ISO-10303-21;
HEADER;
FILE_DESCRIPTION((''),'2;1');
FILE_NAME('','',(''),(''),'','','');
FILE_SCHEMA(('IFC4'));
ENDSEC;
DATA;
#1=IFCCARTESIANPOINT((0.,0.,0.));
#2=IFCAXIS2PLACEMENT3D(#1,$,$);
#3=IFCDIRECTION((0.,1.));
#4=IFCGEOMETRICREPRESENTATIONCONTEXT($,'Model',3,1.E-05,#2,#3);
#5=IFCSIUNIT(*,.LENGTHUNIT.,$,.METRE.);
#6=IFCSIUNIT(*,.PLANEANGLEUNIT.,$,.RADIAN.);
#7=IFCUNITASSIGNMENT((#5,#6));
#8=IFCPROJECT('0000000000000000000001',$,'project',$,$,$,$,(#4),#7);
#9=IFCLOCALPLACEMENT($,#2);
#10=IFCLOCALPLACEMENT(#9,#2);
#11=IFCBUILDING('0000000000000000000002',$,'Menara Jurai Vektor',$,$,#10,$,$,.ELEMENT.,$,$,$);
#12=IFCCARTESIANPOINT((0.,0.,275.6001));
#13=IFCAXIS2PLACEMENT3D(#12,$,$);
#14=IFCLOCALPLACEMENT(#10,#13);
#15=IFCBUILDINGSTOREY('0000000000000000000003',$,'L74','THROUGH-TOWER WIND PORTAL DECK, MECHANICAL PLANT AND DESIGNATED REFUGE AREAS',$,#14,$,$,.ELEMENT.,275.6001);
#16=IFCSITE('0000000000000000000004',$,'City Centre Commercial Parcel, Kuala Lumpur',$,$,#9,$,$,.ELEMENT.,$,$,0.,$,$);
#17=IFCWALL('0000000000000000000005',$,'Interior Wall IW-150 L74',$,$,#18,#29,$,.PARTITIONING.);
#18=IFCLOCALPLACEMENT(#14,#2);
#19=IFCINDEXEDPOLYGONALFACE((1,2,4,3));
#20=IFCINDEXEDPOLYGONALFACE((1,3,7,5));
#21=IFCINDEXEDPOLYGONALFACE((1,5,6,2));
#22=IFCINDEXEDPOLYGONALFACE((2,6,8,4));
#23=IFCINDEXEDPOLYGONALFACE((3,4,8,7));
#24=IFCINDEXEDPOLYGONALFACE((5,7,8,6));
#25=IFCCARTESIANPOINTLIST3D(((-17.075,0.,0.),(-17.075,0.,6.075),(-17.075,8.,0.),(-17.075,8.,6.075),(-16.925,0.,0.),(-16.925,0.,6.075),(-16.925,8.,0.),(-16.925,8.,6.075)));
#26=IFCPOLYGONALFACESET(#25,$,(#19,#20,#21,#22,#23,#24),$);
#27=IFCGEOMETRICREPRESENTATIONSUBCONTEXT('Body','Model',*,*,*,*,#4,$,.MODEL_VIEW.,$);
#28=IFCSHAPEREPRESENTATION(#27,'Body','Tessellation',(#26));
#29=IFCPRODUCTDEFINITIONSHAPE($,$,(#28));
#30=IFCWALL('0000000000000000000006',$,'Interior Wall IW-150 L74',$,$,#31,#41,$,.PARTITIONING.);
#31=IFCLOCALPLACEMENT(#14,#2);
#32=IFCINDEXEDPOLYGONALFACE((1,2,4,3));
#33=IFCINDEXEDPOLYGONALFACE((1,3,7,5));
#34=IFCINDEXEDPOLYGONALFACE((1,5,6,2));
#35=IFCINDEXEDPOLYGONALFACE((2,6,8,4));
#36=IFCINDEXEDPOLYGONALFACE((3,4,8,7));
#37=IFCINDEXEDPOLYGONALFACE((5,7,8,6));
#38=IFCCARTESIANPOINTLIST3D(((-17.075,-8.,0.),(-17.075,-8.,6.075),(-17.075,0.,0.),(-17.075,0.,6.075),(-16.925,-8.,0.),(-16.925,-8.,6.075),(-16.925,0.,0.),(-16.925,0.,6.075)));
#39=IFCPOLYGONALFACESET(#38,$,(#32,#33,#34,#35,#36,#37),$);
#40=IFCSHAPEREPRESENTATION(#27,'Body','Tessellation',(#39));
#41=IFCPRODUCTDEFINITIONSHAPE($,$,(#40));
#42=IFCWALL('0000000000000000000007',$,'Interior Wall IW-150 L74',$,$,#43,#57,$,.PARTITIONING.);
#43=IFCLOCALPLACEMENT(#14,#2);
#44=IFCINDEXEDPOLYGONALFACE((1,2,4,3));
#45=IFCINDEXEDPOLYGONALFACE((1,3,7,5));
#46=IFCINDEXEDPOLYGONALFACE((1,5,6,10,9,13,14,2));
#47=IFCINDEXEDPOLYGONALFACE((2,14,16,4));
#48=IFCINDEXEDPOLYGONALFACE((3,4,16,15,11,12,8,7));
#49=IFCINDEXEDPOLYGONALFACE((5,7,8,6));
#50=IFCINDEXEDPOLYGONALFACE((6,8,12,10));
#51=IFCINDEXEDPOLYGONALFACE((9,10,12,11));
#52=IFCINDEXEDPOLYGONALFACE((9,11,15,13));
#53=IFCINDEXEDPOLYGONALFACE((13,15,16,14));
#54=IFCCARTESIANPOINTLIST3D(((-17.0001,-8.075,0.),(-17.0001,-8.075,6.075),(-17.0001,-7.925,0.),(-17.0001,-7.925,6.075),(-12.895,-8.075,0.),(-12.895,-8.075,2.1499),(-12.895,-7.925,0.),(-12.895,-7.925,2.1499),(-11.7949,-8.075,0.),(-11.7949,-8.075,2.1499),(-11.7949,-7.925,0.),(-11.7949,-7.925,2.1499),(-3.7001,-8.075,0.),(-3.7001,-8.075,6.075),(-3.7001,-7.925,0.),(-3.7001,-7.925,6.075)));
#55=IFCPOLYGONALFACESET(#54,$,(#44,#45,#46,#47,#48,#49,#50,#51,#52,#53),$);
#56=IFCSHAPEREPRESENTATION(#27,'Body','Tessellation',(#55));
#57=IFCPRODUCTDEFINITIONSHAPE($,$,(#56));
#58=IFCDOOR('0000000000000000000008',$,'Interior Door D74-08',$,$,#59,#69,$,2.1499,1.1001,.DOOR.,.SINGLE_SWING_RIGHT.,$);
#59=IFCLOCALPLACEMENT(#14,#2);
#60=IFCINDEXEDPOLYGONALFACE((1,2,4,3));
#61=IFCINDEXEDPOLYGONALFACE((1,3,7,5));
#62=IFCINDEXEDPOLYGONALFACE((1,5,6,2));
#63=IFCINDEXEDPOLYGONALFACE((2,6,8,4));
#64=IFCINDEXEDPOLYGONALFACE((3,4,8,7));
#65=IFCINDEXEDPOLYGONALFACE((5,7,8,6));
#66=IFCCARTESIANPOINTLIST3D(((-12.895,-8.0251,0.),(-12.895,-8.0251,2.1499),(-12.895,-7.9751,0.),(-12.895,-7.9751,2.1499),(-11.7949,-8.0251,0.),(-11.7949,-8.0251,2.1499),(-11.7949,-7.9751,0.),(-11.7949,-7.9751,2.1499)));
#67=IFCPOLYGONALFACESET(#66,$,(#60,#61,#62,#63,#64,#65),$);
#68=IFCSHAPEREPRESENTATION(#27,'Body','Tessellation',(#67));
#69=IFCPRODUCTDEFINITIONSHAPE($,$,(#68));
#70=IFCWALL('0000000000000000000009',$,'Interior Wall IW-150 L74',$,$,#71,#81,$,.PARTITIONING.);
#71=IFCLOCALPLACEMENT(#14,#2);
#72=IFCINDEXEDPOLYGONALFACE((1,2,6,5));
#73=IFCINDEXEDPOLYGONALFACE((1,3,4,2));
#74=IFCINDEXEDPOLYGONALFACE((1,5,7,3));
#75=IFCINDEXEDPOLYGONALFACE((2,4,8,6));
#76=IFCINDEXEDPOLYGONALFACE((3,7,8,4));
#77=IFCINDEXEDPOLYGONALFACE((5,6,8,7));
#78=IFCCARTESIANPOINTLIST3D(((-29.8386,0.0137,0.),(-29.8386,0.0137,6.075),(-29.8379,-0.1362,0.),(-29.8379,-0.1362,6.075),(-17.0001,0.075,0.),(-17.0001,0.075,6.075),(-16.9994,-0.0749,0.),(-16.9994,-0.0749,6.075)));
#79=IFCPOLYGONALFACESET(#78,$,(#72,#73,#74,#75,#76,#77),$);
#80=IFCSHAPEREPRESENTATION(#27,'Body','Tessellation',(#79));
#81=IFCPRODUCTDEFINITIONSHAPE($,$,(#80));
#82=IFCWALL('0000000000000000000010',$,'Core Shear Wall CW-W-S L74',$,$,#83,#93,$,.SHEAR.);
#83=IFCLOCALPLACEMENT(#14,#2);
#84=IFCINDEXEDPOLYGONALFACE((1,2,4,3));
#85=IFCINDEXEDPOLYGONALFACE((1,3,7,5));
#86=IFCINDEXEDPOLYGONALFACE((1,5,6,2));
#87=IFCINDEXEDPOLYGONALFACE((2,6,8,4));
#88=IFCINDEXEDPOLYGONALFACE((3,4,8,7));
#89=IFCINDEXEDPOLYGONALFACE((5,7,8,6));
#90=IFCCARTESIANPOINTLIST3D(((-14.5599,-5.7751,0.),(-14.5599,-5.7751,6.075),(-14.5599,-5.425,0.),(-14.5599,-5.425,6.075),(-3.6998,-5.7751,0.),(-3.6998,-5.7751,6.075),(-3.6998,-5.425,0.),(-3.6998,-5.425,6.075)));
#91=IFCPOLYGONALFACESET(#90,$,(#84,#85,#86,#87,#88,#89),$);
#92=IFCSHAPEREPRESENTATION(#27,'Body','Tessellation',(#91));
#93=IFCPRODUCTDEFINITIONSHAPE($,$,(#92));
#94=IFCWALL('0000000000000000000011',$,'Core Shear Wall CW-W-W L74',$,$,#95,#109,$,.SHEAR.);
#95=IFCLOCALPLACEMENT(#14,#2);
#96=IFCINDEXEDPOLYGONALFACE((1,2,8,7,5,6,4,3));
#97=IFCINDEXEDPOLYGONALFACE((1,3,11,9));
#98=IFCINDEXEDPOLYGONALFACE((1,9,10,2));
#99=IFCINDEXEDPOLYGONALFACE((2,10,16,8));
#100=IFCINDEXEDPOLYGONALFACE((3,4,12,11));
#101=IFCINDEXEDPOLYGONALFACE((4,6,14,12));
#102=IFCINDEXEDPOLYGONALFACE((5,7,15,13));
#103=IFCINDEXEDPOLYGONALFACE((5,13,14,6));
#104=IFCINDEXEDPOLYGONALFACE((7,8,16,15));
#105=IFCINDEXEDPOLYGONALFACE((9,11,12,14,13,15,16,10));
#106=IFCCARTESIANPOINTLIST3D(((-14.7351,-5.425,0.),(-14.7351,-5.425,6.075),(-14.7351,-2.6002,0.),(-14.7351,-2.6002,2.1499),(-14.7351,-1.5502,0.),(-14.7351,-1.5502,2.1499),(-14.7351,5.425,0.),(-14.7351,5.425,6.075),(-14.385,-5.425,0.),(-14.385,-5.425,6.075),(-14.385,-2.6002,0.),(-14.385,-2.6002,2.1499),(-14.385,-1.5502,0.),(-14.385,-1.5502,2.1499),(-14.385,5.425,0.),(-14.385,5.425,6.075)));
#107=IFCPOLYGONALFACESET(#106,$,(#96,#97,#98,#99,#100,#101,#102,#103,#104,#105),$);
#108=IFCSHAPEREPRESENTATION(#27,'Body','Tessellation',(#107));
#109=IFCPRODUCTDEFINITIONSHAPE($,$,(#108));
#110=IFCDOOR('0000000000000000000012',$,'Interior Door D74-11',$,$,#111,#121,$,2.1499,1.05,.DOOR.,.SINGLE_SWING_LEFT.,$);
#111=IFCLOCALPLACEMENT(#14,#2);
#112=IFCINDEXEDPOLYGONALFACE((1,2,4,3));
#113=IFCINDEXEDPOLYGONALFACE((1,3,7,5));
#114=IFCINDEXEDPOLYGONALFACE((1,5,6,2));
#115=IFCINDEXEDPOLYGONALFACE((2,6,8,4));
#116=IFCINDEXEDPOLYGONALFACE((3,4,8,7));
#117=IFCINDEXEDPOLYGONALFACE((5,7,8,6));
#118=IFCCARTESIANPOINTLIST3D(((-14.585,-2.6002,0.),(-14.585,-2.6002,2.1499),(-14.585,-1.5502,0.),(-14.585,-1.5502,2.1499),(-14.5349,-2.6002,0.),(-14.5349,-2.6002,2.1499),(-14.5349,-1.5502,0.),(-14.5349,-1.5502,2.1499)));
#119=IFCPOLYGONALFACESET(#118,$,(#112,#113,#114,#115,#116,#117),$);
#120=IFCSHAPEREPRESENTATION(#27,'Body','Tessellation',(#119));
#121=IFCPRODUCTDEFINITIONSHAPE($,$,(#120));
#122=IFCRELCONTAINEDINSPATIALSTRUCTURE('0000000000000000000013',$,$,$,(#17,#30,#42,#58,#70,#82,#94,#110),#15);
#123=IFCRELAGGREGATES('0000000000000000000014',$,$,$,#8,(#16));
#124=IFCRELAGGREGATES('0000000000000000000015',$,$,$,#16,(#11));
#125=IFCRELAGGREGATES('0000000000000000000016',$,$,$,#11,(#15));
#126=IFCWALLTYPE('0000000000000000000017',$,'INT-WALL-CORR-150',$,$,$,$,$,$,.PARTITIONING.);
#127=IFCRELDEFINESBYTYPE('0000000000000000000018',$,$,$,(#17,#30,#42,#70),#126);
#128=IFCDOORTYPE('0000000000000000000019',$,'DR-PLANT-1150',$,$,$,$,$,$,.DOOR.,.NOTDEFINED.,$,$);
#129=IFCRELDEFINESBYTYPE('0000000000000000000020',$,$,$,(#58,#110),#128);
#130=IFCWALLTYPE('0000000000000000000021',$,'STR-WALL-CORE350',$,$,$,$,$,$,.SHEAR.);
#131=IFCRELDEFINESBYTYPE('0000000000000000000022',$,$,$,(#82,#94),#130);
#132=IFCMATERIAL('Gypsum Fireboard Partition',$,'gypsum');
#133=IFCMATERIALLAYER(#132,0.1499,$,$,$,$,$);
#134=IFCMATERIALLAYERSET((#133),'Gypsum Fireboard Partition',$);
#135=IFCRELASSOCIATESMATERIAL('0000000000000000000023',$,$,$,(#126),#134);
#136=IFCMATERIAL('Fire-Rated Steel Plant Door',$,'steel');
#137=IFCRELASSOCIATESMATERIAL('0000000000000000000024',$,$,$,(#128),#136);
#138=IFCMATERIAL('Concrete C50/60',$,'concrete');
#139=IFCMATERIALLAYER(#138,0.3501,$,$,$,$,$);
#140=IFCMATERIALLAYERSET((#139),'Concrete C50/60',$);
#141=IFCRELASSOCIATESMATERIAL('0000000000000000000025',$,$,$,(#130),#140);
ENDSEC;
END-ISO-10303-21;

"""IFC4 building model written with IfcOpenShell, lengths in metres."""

from ifc_helpers import new_model, si_unit, direction, frame, frame_2d, origin, place, context, subcontext, project, spatial, rectangle, extrude, material, layer, layer_set, type_object, element, fill, save


model = new_model("IFC4")

# Units and contexts
model_context = context("Model", 3, precision=1e-05, world=origin(), true_north=direction((0.0, 1.0)))
body_context = subcontext(model_context, "Body", "Model", "MODEL_VIEW")
ifc_project = project(units=[si_unit("LENGTHUNIT", "METRE"), si_unit("PLANEANGLEUNIT", "RADIAN")], contexts=[model_context])

# Site, building, storey
site_placement = place(None, origin())
site = spatial("IfcSite", under=ifc_project, at=site_placement, Name="City Centre Commercial Parcel, Kuala Lumpur", CompositionType="ELEMENT", RefElevation=0.0)
building_placement = place(site_placement, origin())
building = spatial("IfcBuilding", under=site, at=building_placement, Name="Menara Jurai Vektor", CompositionType="ELEMENT")
storey_placement = place(building_placement, frame((0.0, 0.0, 275.6001)))
storey = spatial("IfcBuildingStorey", under=building, at=storey_placement, Name="L74", Description="THROUGH-TOWER WIND PORTAL DECK, MECHANICAL PLANT AND DESIGNATED REFUGE AREAS", CompositionType="ELEMENT", Elevation=275.6001)

# Shared definitions
ifc_material_1 = material(Name="Concrete C50/60", Category="concrete")

# Walls
ifc_material_2 = material(Name="Gypsum Fireboard Partition", Category="gypsum")
ifc_layer_1 = layer(ifc_material_2, 0.1499)
ifc_layer_set_1 = layer_set([ifc_layer_1], Name="Gypsum Fireboard Partition")
wall_type_1 = type_object("IfcWallType", Name="INT-WALL-CORR-150", PredefinedType="PARTITIONING", material=ifc_layer_set_1)
for number, where, z_axis, x_axis, name in (
    (1, (-17.0, 0.0, 0.0), (0.0, 0.0, 1.0), (0.0, 1.0, 0.0), "Interior Wall IW-150 L74"),
    (2, (-17.0, -8.0, 0.0), (0.0, 0.0, 1.0), (0.0, 1.0, 0.0), "Interior Wall IW-150 L74"),
):
    element("IfcWall", number, at=place(storey_placement, frame(where, z_axis=z_axis, x_axis=x_axis)), inside=storey, type_object=wall_type_1, Name=name, PredefinedType="PARTITIONING", context=body_context, shape_type="SweptSolid", body=[
        extrude(rectangle(XDim=8.0, YDim=0.1499, at=frame_2d((4.0, 0.0))), origin(), (0.0, 0.0, 1.0), 6.075),
    ])

# Wall, opening, door
wall_1_placement = place(storey_placement, frame((-17.0, -8.0, 0.0), z_axis=(0.0, 0.0, 1.0), x_axis=(1.0, 0.0, 0.0)))
wall_1 = element("IfcWall", 3, at=wall_1_placement, inside=storey, type_object=wall_type_1, Name="Interior Wall IW-150 L74", PredefinedType="PARTITIONING", context=body_context, shape_type="SweptSolid", body=[
    extrude(rectangle(XDim=13.3, YDim=0.1499, at=frame_2d((6.6499, 0.0))), origin(), (0.0, 0.0, 1.0), 6.075),
])
opening_1_placement = place(wall_1_placement, frame((4.105, 0.0, 0.0)))
opening_1 = element("IfcOpeningElement", 4, at=opening_1_placement, cuts=wall_1, PredefinedType="OPENING", context=body_context, shape_type="SweptSolid", body=[
    extrude(rectangle(XDim=1.1001, YDim=2.1499, at=frame_2d((0.55, 1.075))), frame((0.0, 0.085, 0.0), z_axis=(0.0, -1.0, 0.0), x_axis=(1.0, 0.0, 0.0)), (0.0, 0.0, 1.0), 0.1699),
])
ifc_material_3 = material(Name="Fire-Rated Steel Plant Door", Category="steel")
door_type = type_object("IfcDoorType", Name="DR-PLANT-1150", OperationType="NOTDEFINED", PredefinedType="DOOR", material=ifc_material_3)
door_1_placement = place(opening_1_placement, origin())
door_1 = element("IfcDoor", 5, at=door_1_placement, inside=storey, type_object=door_type, Name="Interior Door D74-08", OperationType="SINGLE_SWING_RIGHT", OverallHeight=2.1499, OverallWidth=1.1001, PredefinedType="DOOR", context=body_context, shape_type="SweptSolid", body=[
    extrude(rectangle(XDim=1.1001, YDim=2.1499, at=frame_2d((0.55, 1.075))), frame((0.0, 0.0249, 0.0), z_axis=(0.0, -1.0, 0.0), x_axis=(1.0, 0.0, 0.0)), (0.0, 0.0, 1.0), 0.05),
])
fill(opening_1, door_1)

# Walls
wall_2_placement = place(storey_placement, frame((-29.8384, -0.0613, 0.0), z_axis=(0.0, 0.0, 1.0), x_axis=(0.999989, 0.004773, 0.0)))
element("IfcWall", 6, at=wall_2_placement, inside=storey, type_object=wall_type_1, Name="Interior Wall IW-150 L74", PredefinedType="PARTITIONING", context=body_context, shape_type="SweptSolid", body=[
    extrude(rectangle(XDim=12.8386, YDim=0.1499, at=frame_2d((6.4194, 0.0))), origin(), (0.0, 0.0, 1.0), 6.075),
])
ifc_layer_2 = layer(ifc_material_1, 0.3501)
ifc_layer_set_2 = layer_set([ifc_layer_2], Name="Concrete C50/60")
wall_type_2 = type_object("IfcWallType", Name="STR-WALL-CORE350", PredefinedType="SHEAR", material=ifc_layer_set_2)
wall_3_placement = place(storey_placement, frame((-14.5601, -5.6001, 0.0), z_axis=(0.0, 0.0, 1.0), x_axis=(1.0, 0.0, 0.0)))
element("IfcWall", 7, at=wall_3_placement, inside=storey, type_object=wall_type_2, Name="Core Shear Wall CW-W-S L74", PredefinedType="SHEAR", context=body_context, shape_type="SweptSolid", body=[
    extrude(rectangle(XDim=10.8601, YDim=0.3501, at=frame_2d((5.4302, 0.0))), origin(), (0.0, 0.0, 1.0), 6.075),
])

# Wall, opening, door
wall_4_placement = place(storey_placement, frame((-14.5601, -5.425, 0.0), z_axis=(0.0, 0.0, 1.0), x_axis=(0.0, 1.0, 0.0)))
wall_4 = element("IfcWall", 8, at=wall_4_placement, inside=storey, type_object=wall_type_2, Name="Core Shear Wall CW-W-W L74", PredefinedType="SHEAR", context=body_context, shape_type="SweptSolid", body=[
    extrude(rectangle(XDim=10.8501, YDim=0.3501, at=frame_2d((5.425, 0.0))), origin(), (0.0, 0.0, 1.0), 6.075),
])
opening_2_placement = place(wall_4_placement, frame((2.825, 0.0, 0.0)))
opening_2 = element("IfcOpeningElement", 9, at=opening_2_placement, cuts=wall_4, PredefinedType="OPENING", context=body_context, shape_type="SweptSolid", body=[
    extrude(rectangle(XDim=1.05, YDim=2.1499, at=frame_2d((0.5249, 1.075))), frame((0.0, 0.1851, 0.0), z_axis=(0.0, -1.0, 0.0), x_axis=(1.0, 0.0, 0.0)), (0.0, 0.0, 1.0), 0.3701),
])
door_2_placement = place(opening_2_placement, origin())
door_2 = element("IfcDoor", 10, at=door_2_placement, inside=storey, type_object=door_type, Name="Interior Door D74-11", OperationType="SINGLE_SWING_LEFT", OverallHeight=2.1499, OverallWidth=1.05, PredefinedType="DOOR", context=body_context, shape_type="SweptSolid", body=[
    extrude(rectangle(XDim=1.05, YDim=2.1499, at=frame_2d((0.5249, 1.075))), frame((0.0, 0.0249, 0.0), z_axis=(0.0, -1.0, 0.0), x_axis=(1.0, 0.0, 0.0)), (0.0, 0.0, 1.0), 0.05),
])
fill(opening_2, door_2)

save(model, "model.ifc")
